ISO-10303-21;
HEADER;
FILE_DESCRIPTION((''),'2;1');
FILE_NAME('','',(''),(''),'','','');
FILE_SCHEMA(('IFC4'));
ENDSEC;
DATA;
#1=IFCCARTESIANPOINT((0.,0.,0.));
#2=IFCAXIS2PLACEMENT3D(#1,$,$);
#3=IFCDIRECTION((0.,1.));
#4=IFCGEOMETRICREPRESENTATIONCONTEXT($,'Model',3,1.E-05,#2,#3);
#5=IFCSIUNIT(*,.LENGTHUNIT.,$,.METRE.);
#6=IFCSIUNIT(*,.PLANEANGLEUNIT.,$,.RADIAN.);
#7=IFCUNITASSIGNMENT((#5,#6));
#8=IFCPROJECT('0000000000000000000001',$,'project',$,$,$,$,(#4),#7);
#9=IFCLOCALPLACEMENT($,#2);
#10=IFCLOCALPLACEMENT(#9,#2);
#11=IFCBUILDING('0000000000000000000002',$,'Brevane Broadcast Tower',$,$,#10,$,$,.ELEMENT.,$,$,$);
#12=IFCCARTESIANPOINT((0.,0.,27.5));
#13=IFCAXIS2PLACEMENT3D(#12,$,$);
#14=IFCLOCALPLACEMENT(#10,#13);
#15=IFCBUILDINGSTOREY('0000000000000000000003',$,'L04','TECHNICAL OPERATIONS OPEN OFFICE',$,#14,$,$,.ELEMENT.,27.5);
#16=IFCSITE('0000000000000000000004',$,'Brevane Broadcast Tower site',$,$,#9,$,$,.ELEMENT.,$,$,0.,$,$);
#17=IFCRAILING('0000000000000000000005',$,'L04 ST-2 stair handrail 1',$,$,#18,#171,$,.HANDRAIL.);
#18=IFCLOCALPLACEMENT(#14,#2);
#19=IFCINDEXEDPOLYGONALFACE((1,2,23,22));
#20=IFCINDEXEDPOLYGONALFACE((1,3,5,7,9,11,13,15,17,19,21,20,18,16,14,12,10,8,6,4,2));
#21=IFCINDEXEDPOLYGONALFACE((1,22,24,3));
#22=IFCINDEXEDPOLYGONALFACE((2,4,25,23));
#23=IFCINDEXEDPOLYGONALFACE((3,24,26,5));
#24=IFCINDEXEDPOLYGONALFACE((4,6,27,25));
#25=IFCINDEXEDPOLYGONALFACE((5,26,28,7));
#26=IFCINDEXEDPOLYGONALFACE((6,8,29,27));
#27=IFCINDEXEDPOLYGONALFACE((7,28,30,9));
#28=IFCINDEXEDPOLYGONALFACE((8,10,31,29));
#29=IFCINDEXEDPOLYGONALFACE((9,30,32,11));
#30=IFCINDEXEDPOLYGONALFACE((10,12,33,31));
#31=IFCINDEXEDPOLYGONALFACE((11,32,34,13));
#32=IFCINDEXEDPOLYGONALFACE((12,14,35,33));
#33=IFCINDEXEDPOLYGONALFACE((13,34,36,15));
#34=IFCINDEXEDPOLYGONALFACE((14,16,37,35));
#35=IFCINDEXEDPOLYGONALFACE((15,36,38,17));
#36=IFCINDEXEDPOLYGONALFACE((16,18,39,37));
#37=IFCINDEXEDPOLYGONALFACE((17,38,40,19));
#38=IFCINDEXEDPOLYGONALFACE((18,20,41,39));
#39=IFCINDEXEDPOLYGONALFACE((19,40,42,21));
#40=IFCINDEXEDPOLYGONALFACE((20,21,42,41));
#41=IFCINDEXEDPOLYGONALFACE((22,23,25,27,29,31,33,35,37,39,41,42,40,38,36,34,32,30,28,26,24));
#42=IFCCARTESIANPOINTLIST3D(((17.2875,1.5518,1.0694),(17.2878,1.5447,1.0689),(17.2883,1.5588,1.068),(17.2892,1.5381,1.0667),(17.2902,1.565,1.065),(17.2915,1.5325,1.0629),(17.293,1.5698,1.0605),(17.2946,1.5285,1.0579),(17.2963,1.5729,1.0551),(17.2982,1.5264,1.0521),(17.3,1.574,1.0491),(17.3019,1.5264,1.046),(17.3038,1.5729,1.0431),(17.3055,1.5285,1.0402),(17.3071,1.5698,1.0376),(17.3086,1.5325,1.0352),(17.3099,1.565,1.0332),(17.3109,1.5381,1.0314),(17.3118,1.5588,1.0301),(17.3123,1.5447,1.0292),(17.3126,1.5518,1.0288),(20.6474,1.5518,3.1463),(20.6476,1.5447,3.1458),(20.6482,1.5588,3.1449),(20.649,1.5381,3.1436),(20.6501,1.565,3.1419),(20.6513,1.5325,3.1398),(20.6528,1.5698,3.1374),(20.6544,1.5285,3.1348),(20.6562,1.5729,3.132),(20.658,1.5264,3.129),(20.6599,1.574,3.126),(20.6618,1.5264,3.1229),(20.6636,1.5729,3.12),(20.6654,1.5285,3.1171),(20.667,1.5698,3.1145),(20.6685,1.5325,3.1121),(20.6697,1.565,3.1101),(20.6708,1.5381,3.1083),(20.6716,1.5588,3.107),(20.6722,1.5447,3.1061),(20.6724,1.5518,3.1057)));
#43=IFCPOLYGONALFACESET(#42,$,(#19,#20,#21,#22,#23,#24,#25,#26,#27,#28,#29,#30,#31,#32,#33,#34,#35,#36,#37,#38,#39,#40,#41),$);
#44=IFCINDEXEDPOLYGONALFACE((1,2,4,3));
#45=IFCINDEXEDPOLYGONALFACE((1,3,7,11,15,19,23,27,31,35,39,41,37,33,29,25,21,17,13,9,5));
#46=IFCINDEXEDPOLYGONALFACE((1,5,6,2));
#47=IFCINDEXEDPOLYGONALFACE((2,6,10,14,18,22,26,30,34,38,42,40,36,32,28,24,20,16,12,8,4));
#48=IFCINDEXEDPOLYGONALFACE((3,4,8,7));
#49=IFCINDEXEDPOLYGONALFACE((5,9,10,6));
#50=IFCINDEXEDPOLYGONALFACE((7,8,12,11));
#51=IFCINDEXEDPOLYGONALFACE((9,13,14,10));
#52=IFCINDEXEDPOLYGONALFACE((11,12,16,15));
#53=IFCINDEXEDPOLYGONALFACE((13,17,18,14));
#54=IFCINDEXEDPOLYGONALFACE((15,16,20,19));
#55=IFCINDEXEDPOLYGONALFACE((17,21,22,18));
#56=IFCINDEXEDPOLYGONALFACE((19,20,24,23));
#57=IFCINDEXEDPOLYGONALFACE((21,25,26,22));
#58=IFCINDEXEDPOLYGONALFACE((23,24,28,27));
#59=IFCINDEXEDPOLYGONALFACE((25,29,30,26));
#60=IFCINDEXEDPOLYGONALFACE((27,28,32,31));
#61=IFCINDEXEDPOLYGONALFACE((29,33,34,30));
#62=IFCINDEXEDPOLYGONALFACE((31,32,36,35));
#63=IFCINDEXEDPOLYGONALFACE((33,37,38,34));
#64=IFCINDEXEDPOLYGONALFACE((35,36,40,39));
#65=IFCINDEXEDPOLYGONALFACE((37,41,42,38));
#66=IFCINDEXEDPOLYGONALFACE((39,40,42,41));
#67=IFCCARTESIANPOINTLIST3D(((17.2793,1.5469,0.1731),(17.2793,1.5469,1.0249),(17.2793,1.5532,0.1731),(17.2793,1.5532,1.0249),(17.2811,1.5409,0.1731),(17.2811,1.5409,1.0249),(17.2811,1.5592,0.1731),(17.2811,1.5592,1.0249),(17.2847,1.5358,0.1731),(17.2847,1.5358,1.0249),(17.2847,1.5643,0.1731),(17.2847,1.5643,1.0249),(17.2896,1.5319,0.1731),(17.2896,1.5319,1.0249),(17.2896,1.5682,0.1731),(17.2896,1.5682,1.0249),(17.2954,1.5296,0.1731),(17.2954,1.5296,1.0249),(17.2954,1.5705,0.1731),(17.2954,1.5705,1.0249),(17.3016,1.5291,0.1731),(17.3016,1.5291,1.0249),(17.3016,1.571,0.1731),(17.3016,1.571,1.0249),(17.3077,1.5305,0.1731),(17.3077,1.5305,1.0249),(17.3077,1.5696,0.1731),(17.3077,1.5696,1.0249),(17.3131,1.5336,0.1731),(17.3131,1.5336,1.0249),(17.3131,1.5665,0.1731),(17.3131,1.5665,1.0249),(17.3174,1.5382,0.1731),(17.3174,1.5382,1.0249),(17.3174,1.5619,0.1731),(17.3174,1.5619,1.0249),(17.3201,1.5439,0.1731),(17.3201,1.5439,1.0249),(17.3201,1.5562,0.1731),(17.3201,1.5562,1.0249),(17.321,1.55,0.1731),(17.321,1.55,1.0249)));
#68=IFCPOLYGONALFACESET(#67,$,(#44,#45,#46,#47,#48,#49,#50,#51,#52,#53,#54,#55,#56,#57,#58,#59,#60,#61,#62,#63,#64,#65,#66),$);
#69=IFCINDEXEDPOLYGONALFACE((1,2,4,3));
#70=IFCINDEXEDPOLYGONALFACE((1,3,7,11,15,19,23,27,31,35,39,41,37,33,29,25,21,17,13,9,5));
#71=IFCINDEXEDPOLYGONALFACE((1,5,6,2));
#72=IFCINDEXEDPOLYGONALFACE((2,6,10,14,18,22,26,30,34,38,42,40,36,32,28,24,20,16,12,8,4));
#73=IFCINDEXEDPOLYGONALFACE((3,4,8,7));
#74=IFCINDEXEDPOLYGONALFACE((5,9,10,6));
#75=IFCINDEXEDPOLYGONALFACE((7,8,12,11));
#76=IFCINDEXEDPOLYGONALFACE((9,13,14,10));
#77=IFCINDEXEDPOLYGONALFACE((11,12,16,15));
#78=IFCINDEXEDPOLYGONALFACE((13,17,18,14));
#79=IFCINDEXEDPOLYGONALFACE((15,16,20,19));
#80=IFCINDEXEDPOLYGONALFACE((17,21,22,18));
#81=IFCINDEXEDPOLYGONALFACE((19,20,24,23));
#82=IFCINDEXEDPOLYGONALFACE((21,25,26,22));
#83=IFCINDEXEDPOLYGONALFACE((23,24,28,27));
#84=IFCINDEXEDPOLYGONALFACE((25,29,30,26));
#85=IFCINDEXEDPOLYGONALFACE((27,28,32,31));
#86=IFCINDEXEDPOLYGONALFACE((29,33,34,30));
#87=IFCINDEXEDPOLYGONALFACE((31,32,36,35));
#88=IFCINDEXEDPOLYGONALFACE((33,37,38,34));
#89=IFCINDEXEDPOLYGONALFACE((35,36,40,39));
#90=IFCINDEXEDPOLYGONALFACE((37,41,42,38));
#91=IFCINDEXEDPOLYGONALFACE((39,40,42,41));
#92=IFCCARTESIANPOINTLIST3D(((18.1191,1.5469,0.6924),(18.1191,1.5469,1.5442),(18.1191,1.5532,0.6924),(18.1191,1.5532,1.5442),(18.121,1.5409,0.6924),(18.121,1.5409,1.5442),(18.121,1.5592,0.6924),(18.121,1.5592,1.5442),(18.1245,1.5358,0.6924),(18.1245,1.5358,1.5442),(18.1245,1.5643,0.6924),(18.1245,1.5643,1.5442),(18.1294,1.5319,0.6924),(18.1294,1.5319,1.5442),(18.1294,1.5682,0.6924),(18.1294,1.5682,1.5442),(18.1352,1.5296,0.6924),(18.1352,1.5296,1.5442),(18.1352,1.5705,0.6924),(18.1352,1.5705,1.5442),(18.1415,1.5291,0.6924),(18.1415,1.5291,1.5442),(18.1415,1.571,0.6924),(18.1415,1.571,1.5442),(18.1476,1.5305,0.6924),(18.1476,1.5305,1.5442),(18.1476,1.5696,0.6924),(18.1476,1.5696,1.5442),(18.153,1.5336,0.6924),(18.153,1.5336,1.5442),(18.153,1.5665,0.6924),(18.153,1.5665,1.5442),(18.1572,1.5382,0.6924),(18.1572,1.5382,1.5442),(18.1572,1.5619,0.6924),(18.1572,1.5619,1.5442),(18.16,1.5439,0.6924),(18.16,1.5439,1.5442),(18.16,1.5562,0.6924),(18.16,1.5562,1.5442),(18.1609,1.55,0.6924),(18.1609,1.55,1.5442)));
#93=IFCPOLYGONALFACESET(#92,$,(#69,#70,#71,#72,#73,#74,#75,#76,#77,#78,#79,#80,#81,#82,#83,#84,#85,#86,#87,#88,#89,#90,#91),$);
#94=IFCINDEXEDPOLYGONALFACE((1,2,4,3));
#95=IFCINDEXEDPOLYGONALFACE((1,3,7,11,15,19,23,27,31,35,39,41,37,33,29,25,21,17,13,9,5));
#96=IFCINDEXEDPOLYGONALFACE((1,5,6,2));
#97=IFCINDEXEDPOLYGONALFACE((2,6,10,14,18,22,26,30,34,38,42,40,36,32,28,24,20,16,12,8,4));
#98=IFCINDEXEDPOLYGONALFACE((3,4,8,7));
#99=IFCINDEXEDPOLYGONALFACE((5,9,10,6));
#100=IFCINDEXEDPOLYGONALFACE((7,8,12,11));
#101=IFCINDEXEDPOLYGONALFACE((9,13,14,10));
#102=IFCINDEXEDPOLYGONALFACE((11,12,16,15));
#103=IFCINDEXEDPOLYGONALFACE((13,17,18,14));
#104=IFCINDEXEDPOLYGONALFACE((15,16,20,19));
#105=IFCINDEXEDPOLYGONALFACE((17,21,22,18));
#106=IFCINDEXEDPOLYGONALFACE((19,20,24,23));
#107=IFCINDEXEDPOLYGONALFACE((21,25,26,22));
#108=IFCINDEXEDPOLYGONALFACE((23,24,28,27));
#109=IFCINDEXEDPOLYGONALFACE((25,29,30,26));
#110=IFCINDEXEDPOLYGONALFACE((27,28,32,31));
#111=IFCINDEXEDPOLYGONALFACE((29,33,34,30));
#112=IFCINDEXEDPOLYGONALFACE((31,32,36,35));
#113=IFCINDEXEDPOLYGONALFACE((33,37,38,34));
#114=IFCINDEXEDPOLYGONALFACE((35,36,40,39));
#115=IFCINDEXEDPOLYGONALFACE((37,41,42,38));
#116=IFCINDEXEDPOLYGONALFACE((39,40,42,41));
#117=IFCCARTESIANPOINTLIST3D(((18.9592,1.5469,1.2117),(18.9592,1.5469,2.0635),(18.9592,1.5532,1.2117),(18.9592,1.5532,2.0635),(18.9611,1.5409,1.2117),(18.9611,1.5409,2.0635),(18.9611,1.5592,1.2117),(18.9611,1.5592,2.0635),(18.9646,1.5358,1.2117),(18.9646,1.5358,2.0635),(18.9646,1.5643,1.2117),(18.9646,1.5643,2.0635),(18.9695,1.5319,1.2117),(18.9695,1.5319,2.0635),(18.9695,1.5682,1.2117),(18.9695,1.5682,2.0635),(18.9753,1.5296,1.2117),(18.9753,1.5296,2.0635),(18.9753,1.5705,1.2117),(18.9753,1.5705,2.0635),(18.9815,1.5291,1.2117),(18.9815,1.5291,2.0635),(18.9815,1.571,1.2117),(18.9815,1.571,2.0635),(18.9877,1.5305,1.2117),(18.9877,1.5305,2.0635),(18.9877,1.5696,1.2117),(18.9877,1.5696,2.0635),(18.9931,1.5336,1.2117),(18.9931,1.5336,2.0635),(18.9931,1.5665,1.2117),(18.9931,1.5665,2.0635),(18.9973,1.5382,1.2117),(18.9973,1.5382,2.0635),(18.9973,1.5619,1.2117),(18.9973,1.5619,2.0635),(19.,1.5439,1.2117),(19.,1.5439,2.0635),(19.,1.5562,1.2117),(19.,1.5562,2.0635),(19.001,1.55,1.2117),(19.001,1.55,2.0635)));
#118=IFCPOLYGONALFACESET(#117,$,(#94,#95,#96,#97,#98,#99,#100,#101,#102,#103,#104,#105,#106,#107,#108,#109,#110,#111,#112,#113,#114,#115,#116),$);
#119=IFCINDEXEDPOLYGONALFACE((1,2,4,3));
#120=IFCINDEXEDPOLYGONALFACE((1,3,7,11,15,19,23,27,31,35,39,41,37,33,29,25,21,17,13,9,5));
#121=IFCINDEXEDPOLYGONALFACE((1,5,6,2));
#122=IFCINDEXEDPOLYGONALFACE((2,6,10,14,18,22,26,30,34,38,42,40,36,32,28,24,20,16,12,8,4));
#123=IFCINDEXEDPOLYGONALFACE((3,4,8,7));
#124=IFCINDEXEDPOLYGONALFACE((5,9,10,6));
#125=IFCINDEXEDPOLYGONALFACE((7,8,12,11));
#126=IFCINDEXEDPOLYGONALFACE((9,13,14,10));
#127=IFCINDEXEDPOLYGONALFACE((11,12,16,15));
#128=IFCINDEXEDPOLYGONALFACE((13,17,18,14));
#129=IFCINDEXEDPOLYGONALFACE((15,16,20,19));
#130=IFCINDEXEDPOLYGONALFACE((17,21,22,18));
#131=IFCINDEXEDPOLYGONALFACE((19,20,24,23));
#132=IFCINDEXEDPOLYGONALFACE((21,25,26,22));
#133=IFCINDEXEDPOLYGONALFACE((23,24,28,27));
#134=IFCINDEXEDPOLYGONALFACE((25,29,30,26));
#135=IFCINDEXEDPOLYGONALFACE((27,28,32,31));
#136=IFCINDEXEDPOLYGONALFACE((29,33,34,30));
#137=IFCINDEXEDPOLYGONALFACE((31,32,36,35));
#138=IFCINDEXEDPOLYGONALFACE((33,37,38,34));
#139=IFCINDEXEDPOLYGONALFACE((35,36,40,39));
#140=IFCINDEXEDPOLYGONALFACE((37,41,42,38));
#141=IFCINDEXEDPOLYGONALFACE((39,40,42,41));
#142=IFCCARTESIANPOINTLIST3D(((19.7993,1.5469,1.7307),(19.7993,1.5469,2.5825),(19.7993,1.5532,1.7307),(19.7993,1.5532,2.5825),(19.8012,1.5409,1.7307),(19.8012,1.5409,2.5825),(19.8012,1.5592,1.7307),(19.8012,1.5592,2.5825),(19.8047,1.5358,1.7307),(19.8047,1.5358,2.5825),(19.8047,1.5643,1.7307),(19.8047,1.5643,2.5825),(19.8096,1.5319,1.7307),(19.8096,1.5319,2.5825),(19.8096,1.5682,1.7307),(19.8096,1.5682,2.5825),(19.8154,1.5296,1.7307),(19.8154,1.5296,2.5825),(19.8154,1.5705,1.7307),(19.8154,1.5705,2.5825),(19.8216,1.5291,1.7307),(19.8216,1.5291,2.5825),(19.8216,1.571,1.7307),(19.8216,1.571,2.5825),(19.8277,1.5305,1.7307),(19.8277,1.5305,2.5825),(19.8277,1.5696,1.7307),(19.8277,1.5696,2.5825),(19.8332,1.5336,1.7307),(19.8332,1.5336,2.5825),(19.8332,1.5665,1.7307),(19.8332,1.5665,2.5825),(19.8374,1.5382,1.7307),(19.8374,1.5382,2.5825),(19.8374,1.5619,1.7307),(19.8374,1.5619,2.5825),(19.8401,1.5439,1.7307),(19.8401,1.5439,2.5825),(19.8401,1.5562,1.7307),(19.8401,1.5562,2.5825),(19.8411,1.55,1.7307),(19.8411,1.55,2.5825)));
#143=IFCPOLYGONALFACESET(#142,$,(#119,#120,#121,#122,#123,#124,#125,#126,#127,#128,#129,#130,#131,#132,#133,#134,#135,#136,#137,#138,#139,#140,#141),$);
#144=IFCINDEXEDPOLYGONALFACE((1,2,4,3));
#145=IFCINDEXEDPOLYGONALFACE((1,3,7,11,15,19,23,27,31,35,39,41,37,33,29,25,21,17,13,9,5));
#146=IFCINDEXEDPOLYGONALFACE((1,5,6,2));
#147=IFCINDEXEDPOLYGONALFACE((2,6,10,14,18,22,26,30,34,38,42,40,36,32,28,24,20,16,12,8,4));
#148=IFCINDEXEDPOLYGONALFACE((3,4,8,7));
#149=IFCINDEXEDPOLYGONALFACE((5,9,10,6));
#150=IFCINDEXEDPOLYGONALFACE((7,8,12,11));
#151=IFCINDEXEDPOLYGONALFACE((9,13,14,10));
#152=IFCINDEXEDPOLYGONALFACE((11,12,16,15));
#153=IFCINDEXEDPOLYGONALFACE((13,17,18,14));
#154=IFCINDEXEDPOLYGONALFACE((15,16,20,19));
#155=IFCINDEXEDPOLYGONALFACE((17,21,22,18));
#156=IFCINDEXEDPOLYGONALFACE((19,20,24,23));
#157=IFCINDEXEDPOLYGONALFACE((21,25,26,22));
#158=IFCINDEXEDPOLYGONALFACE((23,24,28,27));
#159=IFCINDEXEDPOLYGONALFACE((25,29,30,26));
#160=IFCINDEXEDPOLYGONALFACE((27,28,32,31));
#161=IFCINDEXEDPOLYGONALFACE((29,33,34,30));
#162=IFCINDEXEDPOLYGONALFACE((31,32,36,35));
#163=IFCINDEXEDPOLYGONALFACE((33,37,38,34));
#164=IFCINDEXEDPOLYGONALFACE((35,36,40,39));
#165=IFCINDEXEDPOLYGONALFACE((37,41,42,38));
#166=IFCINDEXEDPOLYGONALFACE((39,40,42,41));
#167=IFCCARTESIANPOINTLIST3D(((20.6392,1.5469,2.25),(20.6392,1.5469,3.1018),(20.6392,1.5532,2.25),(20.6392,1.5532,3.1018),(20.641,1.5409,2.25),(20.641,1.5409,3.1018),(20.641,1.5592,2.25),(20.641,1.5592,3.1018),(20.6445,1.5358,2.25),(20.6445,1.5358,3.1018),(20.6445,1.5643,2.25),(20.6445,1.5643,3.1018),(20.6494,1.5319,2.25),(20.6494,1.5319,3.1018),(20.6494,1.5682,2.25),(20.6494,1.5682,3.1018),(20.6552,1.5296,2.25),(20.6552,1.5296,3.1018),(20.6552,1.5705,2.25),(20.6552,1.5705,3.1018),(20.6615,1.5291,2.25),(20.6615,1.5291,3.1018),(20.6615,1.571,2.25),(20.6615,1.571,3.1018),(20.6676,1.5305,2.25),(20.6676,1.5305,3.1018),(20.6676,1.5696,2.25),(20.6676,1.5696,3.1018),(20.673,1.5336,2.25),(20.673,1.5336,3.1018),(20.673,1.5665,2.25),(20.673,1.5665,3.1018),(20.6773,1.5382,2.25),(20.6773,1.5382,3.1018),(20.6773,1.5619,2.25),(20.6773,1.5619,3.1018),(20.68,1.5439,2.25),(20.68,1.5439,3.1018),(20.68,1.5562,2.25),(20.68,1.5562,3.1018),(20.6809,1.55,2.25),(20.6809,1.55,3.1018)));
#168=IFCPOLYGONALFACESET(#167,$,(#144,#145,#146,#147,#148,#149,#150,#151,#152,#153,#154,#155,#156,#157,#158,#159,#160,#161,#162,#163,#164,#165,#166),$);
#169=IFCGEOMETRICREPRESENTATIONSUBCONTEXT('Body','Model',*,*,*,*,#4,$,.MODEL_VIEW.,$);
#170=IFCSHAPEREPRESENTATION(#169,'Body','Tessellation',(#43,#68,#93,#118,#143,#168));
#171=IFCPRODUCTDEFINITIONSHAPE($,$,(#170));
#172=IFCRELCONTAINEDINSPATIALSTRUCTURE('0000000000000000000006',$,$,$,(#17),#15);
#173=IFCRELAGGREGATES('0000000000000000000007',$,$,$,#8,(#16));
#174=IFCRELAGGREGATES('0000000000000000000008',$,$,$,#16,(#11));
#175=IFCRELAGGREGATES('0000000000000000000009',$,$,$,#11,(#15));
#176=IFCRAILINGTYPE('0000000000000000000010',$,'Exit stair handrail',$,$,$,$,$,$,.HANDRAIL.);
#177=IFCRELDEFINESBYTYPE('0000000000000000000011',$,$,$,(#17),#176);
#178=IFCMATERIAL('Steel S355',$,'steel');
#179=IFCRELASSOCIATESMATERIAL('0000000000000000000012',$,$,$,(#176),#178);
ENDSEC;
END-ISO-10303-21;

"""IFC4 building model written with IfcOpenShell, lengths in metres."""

from ifc_helpers import new_model, si_unit, direction, frame, origin, origin_2d, place, context, subcontext, project, spatial, circle, extrude, material, type_object, element, save


model = new_model("IFC4")

# Units and contexts
model_context = context("Model", 3, precision=1e-05, world=origin(), true_north=direction((0.0, 1.0)))
body_context = subcontext(model_context, "Body", "Model", "MODEL_VIEW")
ifc_project = project(units=[si_unit("LENGTHUNIT", "METRE"), si_unit("PLANEANGLEUNIT", "RADIAN")], contexts=[model_context])

# Site, building, storey
site_placement = place(None, origin())
site = spatial("IfcSite", under=ifc_project, at=site_placement, Name="Brevane Broadcast Tower site", CompositionType="ELEMENT", RefElevation=0.0)
building_placement = place(site_placement, origin())
building = spatial("IfcBuilding", under=site, at=building_placement, Name="Brevane Broadcast Tower", CompositionType="ELEMENT")
storey_placement = place(building_placement, frame((0.0, 0.0, 27.5)))
storey = spatial("IfcBuildingStorey", under=building, at=storey_placement, Name="L04", Description="TECHNICAL OPERATIONS OPEN OFFICE", CompositionType="ELEMENT", Elevation=27.5)

# Railing
ifc_material_1 = material(Name="Steel S355", Category="steel")
railing_type_1 = type_object("IfcRailingType", Name="Exit stair handrail", PredefinedType="HANDRAIL", material=ifc_material_1)
railing_1_placement = place(storey_placement, frame((17.3, 1.55, 0.1731)))
element("IfcRailing", 1, at=railing_1_placement, inside=storey, type_object=railing_type_1, Name="L04 ST-2 stair handrail 1", PredefinedType="HANDRAIL", context=body_context, shape_type="SweptSolid", body=[
    extrude(circle(Radius=0.0239, at=origin_2d()), frame((0.0, 0.0, 0.876), z_axis=(0.850606, 0.0, 0.525803), x_axis=(0.0, 1.0, 0.0)), (0.0, 0.0, 1.0), 3.95),
    extrude(circle(Radius=0.021, at=origin_2d()), origin(), (0.0, 0.0, 1.0), 0.8518),
    extrude(circle(Radius=0.021, at=origin_2d()), frame((0.8398, 0.0, 0.5193)), (0.0, 0.0, 1.0), 0.8518),
    extrude(circle(Radius=0.021, at=origin_2d()), frame((1.6799, 0.0, 1.0386)), (0.0, 0.0, 1.0), 0.8518),
    extrude(circle(Radius=0.021, at=origin_2d()), frame((2.52, 0.0, 1.5576)), (0.0, 0.0, 1.0), 0.8518),
    extrude(circle(Radius=0.021, at=origin_2d()), frame((3.3599, 0.0, 2.0769)), (0.0, 0.0, 1.0), 0.8518),
])

save(model, "model.ifc")
